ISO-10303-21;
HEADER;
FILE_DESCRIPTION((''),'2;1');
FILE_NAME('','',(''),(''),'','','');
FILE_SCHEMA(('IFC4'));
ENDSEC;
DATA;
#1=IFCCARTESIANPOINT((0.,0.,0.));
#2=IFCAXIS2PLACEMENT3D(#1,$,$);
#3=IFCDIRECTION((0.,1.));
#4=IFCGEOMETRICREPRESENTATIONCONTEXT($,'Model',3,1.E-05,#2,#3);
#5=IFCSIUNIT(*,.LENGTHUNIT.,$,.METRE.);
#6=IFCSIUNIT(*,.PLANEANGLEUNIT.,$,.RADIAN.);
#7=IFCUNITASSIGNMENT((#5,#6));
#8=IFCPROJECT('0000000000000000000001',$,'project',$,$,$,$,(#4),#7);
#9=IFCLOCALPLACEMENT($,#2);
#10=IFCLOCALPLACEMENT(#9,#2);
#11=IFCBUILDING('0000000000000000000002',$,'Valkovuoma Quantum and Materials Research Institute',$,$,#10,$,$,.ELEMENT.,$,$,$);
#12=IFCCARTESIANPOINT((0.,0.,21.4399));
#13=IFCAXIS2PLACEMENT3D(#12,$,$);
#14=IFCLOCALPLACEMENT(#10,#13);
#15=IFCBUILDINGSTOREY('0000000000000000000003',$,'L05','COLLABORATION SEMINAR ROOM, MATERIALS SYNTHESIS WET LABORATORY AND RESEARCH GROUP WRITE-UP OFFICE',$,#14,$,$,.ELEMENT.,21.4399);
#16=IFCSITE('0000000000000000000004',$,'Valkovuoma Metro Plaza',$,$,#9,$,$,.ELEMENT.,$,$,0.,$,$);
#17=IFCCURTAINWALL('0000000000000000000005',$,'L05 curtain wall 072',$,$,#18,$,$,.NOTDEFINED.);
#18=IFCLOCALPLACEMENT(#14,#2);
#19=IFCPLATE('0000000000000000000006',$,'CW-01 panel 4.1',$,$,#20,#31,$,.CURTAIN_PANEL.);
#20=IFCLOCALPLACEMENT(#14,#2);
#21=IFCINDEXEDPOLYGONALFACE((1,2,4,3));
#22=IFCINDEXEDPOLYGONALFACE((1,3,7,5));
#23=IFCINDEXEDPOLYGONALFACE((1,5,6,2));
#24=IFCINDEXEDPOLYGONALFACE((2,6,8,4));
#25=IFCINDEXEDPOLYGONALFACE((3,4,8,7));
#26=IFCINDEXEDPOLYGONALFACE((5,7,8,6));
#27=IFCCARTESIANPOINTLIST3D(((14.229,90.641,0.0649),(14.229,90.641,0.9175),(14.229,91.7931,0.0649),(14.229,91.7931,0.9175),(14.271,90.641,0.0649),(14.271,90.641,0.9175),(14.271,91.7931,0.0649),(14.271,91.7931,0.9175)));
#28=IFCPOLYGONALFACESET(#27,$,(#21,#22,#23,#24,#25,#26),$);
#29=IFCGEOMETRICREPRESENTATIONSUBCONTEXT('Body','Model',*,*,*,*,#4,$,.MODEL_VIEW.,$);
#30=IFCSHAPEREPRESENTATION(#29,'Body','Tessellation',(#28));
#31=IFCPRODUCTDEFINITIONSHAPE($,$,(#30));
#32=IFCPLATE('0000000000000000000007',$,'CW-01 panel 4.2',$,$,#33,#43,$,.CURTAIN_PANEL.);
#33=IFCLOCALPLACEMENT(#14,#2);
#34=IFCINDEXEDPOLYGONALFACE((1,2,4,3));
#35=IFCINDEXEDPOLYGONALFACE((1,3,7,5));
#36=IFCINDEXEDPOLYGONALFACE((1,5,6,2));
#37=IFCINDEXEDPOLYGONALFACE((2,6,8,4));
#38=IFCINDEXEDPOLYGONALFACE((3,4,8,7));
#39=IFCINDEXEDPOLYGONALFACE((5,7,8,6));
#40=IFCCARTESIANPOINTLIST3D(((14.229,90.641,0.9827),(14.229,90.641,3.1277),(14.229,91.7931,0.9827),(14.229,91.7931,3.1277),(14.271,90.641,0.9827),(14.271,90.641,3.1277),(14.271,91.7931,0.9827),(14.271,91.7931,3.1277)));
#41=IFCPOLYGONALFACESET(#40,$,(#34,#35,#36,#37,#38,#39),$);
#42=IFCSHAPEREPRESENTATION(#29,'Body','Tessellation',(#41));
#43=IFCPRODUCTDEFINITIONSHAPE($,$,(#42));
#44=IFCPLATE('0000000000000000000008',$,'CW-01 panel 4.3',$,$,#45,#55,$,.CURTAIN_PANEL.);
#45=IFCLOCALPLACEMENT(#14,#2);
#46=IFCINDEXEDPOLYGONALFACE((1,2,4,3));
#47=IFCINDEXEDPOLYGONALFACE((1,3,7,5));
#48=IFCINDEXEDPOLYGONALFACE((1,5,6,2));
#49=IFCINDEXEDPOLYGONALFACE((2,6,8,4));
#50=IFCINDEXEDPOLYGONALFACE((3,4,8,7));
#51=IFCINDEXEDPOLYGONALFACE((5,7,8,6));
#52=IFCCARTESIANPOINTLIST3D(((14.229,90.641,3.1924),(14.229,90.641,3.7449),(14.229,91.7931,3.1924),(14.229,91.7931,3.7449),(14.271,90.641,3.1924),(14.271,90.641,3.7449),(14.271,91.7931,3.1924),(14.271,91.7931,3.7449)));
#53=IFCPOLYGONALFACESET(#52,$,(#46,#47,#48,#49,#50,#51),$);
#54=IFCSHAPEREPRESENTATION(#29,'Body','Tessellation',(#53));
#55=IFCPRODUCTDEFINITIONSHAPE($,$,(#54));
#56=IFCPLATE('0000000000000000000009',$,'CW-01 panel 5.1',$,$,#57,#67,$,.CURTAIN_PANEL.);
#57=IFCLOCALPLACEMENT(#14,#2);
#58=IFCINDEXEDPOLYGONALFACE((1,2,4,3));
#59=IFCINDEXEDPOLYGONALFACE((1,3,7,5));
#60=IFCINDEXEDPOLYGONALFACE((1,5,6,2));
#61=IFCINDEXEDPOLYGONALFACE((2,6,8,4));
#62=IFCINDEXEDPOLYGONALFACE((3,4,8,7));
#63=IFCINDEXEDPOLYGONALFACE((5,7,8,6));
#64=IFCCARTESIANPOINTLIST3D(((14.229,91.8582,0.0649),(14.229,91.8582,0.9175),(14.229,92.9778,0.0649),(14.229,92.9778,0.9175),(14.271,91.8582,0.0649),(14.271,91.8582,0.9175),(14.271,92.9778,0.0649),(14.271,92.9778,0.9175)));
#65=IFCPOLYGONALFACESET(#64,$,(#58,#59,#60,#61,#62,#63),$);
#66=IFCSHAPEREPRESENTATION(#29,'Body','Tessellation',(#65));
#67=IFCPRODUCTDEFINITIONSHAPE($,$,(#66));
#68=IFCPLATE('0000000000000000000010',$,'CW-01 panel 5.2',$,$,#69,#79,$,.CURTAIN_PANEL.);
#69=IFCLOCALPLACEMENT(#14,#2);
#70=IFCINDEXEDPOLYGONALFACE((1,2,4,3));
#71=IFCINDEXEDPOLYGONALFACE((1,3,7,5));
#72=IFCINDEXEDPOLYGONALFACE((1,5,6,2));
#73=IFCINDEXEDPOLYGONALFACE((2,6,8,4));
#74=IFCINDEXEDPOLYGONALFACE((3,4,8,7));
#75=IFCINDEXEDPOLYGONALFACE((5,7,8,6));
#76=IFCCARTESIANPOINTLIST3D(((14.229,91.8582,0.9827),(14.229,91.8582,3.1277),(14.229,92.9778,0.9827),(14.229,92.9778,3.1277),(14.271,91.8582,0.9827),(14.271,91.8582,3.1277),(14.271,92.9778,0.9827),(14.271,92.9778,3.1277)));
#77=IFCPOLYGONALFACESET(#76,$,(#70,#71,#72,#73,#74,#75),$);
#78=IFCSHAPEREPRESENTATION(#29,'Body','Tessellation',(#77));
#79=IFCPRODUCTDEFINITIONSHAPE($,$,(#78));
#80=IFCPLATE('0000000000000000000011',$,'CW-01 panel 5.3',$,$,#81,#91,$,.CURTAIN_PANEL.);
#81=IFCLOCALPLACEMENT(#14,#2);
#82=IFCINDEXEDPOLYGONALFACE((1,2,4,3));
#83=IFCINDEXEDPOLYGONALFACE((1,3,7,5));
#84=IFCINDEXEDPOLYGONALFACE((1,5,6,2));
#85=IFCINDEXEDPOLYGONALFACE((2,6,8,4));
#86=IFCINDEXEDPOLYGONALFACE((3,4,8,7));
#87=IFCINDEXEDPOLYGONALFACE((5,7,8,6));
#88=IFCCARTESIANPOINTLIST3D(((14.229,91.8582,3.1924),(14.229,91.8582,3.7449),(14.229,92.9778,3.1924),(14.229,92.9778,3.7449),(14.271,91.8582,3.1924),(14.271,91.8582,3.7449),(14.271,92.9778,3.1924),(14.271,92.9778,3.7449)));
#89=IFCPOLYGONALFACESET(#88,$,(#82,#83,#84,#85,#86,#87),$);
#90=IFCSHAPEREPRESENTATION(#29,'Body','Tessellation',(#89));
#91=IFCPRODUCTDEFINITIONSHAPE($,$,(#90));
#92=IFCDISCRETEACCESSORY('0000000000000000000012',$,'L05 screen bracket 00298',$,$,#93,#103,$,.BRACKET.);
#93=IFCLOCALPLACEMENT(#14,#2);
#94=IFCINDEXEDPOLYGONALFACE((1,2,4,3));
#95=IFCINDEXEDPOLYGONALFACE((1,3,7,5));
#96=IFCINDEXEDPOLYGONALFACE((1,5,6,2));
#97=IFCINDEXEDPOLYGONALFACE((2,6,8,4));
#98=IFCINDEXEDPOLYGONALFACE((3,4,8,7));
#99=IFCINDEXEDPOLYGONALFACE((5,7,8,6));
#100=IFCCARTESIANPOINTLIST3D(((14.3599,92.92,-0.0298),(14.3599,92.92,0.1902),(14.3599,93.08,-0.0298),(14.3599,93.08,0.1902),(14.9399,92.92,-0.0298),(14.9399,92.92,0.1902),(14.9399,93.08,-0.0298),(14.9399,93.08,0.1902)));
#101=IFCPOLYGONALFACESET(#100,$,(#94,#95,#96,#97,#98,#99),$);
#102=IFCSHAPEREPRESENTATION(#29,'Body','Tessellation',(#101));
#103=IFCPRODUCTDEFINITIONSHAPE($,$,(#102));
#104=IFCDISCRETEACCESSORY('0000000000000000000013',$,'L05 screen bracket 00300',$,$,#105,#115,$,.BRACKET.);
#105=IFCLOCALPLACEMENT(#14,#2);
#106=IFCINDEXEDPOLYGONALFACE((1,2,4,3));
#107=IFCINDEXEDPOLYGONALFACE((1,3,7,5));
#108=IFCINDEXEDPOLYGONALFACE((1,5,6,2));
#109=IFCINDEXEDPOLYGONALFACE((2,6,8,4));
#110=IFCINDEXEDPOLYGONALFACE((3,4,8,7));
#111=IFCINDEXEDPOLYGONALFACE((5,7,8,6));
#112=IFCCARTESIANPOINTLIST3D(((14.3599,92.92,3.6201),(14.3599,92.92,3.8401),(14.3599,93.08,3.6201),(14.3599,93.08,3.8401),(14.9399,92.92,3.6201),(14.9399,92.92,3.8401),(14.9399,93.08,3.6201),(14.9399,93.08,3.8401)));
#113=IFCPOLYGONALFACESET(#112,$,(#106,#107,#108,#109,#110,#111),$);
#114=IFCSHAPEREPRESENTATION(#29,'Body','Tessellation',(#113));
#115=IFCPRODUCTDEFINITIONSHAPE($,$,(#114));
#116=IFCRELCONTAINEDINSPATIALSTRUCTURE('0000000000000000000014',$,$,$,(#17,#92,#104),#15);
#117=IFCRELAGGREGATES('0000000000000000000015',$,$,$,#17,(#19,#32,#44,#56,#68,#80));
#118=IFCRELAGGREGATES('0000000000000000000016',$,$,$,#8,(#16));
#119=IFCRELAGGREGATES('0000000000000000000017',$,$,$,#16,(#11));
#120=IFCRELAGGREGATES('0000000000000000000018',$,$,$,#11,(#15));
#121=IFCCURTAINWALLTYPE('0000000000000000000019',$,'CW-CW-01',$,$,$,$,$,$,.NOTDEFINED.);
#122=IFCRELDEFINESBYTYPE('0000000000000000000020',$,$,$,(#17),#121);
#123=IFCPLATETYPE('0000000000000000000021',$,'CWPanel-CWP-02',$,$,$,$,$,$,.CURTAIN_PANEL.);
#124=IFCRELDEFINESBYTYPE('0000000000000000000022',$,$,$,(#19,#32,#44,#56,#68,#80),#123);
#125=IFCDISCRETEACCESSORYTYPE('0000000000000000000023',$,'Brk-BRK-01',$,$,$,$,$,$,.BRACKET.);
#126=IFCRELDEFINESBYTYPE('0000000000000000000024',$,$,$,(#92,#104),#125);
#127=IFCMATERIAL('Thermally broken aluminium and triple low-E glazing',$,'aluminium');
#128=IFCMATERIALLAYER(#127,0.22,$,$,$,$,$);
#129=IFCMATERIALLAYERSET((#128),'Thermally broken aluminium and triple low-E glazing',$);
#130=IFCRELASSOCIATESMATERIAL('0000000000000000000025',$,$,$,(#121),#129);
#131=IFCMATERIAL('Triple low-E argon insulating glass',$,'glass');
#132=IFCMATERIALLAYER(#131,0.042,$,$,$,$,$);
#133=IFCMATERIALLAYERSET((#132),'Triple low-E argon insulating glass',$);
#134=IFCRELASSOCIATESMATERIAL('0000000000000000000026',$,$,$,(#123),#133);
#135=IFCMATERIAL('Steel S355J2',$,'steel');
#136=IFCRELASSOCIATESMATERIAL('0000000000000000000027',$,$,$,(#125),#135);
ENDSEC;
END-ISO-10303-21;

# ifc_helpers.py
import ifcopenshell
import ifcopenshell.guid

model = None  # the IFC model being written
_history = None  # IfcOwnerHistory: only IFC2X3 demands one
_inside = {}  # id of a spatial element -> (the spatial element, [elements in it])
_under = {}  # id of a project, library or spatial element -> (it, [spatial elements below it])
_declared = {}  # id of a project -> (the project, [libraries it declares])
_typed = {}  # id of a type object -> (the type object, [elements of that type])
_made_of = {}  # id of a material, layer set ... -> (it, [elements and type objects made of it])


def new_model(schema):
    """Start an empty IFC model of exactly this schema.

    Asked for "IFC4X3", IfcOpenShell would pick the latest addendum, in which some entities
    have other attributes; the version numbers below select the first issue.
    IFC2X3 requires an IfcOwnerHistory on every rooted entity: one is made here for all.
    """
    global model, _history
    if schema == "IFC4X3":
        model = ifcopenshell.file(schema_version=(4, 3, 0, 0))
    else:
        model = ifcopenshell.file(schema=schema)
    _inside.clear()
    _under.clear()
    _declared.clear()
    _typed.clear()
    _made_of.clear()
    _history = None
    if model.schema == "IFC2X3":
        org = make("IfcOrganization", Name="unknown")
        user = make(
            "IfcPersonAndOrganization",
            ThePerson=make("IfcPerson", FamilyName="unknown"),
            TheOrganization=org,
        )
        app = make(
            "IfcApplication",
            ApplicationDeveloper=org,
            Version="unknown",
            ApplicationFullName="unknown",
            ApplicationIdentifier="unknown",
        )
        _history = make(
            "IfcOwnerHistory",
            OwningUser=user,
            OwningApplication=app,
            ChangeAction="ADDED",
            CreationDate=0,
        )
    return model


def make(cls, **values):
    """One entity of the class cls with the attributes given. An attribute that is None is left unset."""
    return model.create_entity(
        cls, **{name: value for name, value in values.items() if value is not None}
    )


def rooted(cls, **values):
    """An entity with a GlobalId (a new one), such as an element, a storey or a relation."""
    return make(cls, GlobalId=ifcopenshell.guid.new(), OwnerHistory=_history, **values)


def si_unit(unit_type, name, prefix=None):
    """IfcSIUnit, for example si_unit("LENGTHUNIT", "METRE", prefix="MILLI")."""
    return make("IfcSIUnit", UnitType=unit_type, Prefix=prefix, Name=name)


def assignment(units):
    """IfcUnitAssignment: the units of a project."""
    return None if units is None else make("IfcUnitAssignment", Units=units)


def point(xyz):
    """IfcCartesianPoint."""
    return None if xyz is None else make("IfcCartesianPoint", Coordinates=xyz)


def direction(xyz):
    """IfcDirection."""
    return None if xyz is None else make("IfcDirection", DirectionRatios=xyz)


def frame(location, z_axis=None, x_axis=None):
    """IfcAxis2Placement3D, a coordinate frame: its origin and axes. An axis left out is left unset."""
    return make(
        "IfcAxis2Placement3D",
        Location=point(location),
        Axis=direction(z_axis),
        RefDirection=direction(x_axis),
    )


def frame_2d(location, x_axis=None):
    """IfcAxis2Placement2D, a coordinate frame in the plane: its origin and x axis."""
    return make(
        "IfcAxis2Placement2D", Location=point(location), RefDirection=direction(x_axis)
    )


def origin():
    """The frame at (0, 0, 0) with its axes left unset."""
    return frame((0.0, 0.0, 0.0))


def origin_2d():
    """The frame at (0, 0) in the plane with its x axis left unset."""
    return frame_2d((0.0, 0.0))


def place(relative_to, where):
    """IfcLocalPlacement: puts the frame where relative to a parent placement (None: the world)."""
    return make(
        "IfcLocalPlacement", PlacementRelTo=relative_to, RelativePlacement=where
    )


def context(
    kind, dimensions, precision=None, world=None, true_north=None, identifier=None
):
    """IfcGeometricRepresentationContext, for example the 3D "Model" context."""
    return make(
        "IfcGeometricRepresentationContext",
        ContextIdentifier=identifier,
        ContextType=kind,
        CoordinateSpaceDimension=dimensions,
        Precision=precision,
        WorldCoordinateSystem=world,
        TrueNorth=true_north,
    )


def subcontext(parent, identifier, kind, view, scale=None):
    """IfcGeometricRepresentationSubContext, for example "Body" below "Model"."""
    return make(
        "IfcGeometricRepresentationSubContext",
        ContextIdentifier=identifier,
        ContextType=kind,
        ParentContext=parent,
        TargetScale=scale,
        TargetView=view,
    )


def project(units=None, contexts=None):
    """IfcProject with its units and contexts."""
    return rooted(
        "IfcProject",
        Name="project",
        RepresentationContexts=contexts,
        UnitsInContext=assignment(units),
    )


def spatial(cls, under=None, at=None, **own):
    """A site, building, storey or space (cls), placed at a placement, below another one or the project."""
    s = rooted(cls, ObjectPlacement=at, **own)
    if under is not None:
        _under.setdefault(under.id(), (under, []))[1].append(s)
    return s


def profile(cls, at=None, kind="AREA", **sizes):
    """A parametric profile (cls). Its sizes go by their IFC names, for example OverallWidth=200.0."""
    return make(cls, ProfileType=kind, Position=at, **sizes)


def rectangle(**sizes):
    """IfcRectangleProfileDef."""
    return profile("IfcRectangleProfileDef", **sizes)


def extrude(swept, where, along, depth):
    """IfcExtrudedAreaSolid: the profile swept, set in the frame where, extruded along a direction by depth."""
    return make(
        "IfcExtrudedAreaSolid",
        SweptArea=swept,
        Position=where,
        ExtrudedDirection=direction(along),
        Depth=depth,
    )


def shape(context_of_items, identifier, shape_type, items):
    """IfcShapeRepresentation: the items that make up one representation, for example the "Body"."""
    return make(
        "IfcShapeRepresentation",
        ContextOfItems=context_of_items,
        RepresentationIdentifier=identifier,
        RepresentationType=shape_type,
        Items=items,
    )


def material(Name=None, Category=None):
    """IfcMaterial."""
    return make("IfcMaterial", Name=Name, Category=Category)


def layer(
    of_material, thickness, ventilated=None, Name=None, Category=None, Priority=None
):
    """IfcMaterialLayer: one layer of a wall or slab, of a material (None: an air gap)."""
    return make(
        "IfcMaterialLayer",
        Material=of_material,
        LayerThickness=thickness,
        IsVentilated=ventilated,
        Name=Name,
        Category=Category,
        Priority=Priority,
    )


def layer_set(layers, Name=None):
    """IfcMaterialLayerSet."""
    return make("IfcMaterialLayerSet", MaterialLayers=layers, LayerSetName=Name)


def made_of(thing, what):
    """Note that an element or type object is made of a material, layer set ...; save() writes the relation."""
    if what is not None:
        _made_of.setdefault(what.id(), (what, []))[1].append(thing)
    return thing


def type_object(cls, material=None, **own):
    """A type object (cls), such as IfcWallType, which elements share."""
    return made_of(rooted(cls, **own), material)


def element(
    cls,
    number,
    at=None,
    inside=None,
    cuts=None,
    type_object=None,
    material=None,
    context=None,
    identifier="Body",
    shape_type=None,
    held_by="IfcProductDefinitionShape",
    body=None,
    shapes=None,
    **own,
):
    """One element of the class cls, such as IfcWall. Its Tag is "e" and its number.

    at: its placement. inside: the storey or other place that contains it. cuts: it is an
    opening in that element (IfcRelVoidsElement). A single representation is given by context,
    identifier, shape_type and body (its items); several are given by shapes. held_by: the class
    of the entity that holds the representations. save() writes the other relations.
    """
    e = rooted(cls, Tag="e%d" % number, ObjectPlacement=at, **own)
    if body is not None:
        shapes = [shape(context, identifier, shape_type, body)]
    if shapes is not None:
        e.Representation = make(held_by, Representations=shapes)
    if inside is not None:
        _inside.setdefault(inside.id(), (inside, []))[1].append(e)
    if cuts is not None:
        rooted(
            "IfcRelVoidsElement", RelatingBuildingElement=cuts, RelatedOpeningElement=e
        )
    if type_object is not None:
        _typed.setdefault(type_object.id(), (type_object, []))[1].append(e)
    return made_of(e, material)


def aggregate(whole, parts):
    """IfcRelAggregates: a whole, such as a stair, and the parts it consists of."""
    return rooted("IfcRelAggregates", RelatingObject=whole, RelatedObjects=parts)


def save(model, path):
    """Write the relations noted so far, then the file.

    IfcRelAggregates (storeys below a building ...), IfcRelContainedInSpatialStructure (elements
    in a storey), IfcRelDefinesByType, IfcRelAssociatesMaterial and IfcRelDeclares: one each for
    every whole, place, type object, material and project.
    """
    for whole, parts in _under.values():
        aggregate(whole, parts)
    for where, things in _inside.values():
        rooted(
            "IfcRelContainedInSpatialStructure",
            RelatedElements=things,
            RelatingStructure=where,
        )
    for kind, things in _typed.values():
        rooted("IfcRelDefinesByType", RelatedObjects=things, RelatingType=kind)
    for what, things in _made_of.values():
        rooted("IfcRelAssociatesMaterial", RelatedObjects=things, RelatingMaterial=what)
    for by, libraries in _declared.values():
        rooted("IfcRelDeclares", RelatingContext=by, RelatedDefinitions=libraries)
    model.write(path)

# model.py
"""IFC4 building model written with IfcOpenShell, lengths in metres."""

from ifc_helpers import new_model, si_unit, direction, frame, origin, origin_2d, place, context, subcontext, project, spatial, rectangle, extrude, material, layer, layer_set, type_object, element, aggregate, save


model = new_model("IFC4")

# Units and contexts
model_context = context("Model", 3, precision=1e-05, world=origin(), true_north=direction((0.0, 1.0)))
body_context = subcontext(model_context, "Body", "Model", "MODEL_VIEW")
ifc_project = project(units=[si_unit("LENGTHUNIT", "METRE"), si_unit("PLANEANGLEUNIT", "RADIAN")], contexts=[model_context])

# Site, building, storey
site_placement = place(None, origin())
site = spatial("IfcSite", under=ifc_project, at=site_placement, Name="Valkovuoma Metro Plaza", CompositionType="ELEMENT", RefElevation=0.0)
building_placement = place(site_placement, origin())
building = spatial("IfcBuilding", under=site, at=building_placement, Name="Valkovuoma Quantum and Materials Research Institute", CompositionType="ELEMENT")
storey_placement = place(building_placement, frame((0.0, 0.0, 21.4399)))
storey = spatial("IfcBuildingStorey", under=building, at=storey_placement, Name="L05", Description="COLLABORATION SEMINAR ROOM, MATERIALS SYNTHESIS WET LABORATORY AND RESEARCH GROUP WRITE-UP OFFICE", CompositionType="ELEMENT", Elevation=21.4399)

# Curtain wall, plates
ifc_material_1 = material(Name="Thermally broken aluminium and triple low-E glazing", Category="aluminium")
ifc_layer_1 = layer(ifc_material_1, 0.22)
ifc_layer_set_1 = layer_set([ifc_layer_1], Name="Thermally broken aluminium and triple low-E glazing")
curtain_wall_type = type_object("IfcCurtainWallType", Name="CW-CW-01", PredefinedType="NOTDEFINED", material=ifc_layer_set_1)
curtain_wall_placement = place(storey_placement, origin())
curtain_wall = element("IfcCurtainWall", 1, at=curtain_wall_placement, inside=storey, type_object=curtain_wall_type, Name="L05 curtain wall 072", PredefinedType="NOTDEFINED")
ifc_material_2 = material(Name="Triple low-E argon insulating glass", Category="glass")
ifc_layer_2 = layer(ifc_material_2, 0.042)
ifc_layer_set_2 = layer_set([ifc_layer_2], Name="Triple low-E argon insulating glass")
plate_type = type_object("IfcPlateType", Name="CWPanel-CWP-02", PredefinedType="CURTAIN_PANEL", material=ifc_layer_set_2)
plate_1_placement = place(storey_placement, frame((14.25, 91.217, 0.0649), z_axis=(0.0, 0.0, 1.0), x_axis=(0.0, 1.0, 0.0)))
plate_1 = element("IfcPlate", 2, at=plate_1_placement, type_object=plate_type, Name="CW-01 panel 4.1", PredefinedType="CURTAIN_PANEL", context=body_context, shape_type="SweptSolid", body=[
    extrude(rectangle(XDim=1.1521, YDim=0.042, at=origin_2d()), origin(), (0.0, 0.0, 1.0), 0.8525),
])
plate_2_placement = place(storey_placement, frame((14.25, 91.217, 0.9827), z_axis=(0.0, 0.0, 1.0), x_axis=(0.0, 1.0, 0.0)))
plate_2 = element("IfcPlate", 3, at=plate_2_placement, type_object=plate_type, Name="CW-01 panel 4.2", PredefinedType="CURTAIN_PANEL", context=body_context, shape_type="SweptSolid", body=[
    extrude(rectangle(XDim=1.1521, YDim=0.042, at=origin_2d()), origin(), (0.0, 0.0, 1.0), 2.145),
])
plate_3_placement = place(storey_placement, frame((14.25, 91.217, 3.1924), z_axis=(0.0, 0.0, 1.0), x_axis=(0.0, 1.0, 0.0)))
plate_3 = element("IfcPlate", 4, at=plate_3_placement, type_object=plate_type, Name="CW-01 panel 4.3", PredefinedType="CURTAIN_PANEL", context=body_context, shape_type="SweptSolid", body=[
    extrude(rectangle(XDim=1.1521, YDim=0.042, at=origin_2d()), origin(), (0.0, 0.0, 1.0), 0.5525),
])
plate_4_placement = place(storey_placement, frame((14.25, 92.418, 0.0649), z_axis=(0.0, 0.0, 1.0), x_axis=(0.0, 1.0, 0.0)))
plate_4 = element("IfcPlate", 5, at=plate_4_placement, type_object=plate_type, Name="CW-01 panel 5.1", PredefinedType="CURTAIN_PANEL", context=body_context, shape_type="SweptSolid", body=[
    extrude(rectangle(XDim=1.1196, YDim=0.042, at=origin_2d()), origin(), (0.0, 0.0, 1.0), 0.8525),
])
plate_5_placement = place(storey_placement, frame((14.25, 92.418, 0.9827), z_axis=(0.0, 0.0, 1.0), x_axis=(0.0, 1.0, 0.0)))
plate_5 = element("IfcPlate", 6, at=plate_5_placement, type_object=plate_type, Name="CW-01 panel 5.2", PredefinedType="CURTAIN_PANEL", context=body_context, shape_type="SweptSolid", body=[
    extrude(rectangle(XDim=1.1196, YDim=0.042, at=origin_2d()), origin(), (0.0, 0.0, 1.0), 2.145),
])
plate_6_placement = place(storey_placement, frame((14.25, 92.418, 3.1924), z_axis=(0.0, 0.0, 1.0), x_axis=(0.0, 1.0, 0.0)))
plate_6 = element("IfcPlate", 7, at=plate_6_placement, type_object=plate_type, Name="CW-01 panel 5.3", PredefinedType="CURTAIN_PANEL", context=body_context, shape_type="SweptSolid", body=[
    extrude(rectangle(XDim=1.1196, YDim=0.042, at=origin_2d()), origin(), (0.0, 0.0, 1.0), 0.5525),
])
aggregate(curtain_wall, [plate_1, plate_2, plate_3, plate_4, plate_5, plate_6])

# Discrete accessories
ifc_material_3 = material(Name="Steel S355J2", Category="steel")
discrete_accessory_type = type_object("IfcDiscreteAccessoryType", Name="Brk-BRK-01", PredefinedType="BRACKET", material=ifc_material_3)
for number, where, z_axis, x_axis, name in (
    (8, (14.6499, 93.0, -0.0298), (0.0, 0.0, 1.0), (1.0, 0.0, 0.0), "L05 screen bracket 00298"),
    (9, (14.6499, 93.0, 3.6201), (0.0, 0.0, 1.0), (1.0, 0.0, 0.0), "L05 screen bracket 00300"),
):
    element("IfcDiscreteAccessory", number, at=place(storey_placement, frame(where, z_axis=z_axis, x_axis=x_axis)), inside=storey, type_object=discrete_accessory_type, Name=name, PredefinedType="BRACKET", context=body_context, shape_type="SweptSolid", body=[
        extrude(rectangle(XDim=0.5801, YDim=0.1599, at=origin_2d()), origin(), (0.0, 0.0, 1.0), 0.22),
    ])

save(model, "model.ifc")
